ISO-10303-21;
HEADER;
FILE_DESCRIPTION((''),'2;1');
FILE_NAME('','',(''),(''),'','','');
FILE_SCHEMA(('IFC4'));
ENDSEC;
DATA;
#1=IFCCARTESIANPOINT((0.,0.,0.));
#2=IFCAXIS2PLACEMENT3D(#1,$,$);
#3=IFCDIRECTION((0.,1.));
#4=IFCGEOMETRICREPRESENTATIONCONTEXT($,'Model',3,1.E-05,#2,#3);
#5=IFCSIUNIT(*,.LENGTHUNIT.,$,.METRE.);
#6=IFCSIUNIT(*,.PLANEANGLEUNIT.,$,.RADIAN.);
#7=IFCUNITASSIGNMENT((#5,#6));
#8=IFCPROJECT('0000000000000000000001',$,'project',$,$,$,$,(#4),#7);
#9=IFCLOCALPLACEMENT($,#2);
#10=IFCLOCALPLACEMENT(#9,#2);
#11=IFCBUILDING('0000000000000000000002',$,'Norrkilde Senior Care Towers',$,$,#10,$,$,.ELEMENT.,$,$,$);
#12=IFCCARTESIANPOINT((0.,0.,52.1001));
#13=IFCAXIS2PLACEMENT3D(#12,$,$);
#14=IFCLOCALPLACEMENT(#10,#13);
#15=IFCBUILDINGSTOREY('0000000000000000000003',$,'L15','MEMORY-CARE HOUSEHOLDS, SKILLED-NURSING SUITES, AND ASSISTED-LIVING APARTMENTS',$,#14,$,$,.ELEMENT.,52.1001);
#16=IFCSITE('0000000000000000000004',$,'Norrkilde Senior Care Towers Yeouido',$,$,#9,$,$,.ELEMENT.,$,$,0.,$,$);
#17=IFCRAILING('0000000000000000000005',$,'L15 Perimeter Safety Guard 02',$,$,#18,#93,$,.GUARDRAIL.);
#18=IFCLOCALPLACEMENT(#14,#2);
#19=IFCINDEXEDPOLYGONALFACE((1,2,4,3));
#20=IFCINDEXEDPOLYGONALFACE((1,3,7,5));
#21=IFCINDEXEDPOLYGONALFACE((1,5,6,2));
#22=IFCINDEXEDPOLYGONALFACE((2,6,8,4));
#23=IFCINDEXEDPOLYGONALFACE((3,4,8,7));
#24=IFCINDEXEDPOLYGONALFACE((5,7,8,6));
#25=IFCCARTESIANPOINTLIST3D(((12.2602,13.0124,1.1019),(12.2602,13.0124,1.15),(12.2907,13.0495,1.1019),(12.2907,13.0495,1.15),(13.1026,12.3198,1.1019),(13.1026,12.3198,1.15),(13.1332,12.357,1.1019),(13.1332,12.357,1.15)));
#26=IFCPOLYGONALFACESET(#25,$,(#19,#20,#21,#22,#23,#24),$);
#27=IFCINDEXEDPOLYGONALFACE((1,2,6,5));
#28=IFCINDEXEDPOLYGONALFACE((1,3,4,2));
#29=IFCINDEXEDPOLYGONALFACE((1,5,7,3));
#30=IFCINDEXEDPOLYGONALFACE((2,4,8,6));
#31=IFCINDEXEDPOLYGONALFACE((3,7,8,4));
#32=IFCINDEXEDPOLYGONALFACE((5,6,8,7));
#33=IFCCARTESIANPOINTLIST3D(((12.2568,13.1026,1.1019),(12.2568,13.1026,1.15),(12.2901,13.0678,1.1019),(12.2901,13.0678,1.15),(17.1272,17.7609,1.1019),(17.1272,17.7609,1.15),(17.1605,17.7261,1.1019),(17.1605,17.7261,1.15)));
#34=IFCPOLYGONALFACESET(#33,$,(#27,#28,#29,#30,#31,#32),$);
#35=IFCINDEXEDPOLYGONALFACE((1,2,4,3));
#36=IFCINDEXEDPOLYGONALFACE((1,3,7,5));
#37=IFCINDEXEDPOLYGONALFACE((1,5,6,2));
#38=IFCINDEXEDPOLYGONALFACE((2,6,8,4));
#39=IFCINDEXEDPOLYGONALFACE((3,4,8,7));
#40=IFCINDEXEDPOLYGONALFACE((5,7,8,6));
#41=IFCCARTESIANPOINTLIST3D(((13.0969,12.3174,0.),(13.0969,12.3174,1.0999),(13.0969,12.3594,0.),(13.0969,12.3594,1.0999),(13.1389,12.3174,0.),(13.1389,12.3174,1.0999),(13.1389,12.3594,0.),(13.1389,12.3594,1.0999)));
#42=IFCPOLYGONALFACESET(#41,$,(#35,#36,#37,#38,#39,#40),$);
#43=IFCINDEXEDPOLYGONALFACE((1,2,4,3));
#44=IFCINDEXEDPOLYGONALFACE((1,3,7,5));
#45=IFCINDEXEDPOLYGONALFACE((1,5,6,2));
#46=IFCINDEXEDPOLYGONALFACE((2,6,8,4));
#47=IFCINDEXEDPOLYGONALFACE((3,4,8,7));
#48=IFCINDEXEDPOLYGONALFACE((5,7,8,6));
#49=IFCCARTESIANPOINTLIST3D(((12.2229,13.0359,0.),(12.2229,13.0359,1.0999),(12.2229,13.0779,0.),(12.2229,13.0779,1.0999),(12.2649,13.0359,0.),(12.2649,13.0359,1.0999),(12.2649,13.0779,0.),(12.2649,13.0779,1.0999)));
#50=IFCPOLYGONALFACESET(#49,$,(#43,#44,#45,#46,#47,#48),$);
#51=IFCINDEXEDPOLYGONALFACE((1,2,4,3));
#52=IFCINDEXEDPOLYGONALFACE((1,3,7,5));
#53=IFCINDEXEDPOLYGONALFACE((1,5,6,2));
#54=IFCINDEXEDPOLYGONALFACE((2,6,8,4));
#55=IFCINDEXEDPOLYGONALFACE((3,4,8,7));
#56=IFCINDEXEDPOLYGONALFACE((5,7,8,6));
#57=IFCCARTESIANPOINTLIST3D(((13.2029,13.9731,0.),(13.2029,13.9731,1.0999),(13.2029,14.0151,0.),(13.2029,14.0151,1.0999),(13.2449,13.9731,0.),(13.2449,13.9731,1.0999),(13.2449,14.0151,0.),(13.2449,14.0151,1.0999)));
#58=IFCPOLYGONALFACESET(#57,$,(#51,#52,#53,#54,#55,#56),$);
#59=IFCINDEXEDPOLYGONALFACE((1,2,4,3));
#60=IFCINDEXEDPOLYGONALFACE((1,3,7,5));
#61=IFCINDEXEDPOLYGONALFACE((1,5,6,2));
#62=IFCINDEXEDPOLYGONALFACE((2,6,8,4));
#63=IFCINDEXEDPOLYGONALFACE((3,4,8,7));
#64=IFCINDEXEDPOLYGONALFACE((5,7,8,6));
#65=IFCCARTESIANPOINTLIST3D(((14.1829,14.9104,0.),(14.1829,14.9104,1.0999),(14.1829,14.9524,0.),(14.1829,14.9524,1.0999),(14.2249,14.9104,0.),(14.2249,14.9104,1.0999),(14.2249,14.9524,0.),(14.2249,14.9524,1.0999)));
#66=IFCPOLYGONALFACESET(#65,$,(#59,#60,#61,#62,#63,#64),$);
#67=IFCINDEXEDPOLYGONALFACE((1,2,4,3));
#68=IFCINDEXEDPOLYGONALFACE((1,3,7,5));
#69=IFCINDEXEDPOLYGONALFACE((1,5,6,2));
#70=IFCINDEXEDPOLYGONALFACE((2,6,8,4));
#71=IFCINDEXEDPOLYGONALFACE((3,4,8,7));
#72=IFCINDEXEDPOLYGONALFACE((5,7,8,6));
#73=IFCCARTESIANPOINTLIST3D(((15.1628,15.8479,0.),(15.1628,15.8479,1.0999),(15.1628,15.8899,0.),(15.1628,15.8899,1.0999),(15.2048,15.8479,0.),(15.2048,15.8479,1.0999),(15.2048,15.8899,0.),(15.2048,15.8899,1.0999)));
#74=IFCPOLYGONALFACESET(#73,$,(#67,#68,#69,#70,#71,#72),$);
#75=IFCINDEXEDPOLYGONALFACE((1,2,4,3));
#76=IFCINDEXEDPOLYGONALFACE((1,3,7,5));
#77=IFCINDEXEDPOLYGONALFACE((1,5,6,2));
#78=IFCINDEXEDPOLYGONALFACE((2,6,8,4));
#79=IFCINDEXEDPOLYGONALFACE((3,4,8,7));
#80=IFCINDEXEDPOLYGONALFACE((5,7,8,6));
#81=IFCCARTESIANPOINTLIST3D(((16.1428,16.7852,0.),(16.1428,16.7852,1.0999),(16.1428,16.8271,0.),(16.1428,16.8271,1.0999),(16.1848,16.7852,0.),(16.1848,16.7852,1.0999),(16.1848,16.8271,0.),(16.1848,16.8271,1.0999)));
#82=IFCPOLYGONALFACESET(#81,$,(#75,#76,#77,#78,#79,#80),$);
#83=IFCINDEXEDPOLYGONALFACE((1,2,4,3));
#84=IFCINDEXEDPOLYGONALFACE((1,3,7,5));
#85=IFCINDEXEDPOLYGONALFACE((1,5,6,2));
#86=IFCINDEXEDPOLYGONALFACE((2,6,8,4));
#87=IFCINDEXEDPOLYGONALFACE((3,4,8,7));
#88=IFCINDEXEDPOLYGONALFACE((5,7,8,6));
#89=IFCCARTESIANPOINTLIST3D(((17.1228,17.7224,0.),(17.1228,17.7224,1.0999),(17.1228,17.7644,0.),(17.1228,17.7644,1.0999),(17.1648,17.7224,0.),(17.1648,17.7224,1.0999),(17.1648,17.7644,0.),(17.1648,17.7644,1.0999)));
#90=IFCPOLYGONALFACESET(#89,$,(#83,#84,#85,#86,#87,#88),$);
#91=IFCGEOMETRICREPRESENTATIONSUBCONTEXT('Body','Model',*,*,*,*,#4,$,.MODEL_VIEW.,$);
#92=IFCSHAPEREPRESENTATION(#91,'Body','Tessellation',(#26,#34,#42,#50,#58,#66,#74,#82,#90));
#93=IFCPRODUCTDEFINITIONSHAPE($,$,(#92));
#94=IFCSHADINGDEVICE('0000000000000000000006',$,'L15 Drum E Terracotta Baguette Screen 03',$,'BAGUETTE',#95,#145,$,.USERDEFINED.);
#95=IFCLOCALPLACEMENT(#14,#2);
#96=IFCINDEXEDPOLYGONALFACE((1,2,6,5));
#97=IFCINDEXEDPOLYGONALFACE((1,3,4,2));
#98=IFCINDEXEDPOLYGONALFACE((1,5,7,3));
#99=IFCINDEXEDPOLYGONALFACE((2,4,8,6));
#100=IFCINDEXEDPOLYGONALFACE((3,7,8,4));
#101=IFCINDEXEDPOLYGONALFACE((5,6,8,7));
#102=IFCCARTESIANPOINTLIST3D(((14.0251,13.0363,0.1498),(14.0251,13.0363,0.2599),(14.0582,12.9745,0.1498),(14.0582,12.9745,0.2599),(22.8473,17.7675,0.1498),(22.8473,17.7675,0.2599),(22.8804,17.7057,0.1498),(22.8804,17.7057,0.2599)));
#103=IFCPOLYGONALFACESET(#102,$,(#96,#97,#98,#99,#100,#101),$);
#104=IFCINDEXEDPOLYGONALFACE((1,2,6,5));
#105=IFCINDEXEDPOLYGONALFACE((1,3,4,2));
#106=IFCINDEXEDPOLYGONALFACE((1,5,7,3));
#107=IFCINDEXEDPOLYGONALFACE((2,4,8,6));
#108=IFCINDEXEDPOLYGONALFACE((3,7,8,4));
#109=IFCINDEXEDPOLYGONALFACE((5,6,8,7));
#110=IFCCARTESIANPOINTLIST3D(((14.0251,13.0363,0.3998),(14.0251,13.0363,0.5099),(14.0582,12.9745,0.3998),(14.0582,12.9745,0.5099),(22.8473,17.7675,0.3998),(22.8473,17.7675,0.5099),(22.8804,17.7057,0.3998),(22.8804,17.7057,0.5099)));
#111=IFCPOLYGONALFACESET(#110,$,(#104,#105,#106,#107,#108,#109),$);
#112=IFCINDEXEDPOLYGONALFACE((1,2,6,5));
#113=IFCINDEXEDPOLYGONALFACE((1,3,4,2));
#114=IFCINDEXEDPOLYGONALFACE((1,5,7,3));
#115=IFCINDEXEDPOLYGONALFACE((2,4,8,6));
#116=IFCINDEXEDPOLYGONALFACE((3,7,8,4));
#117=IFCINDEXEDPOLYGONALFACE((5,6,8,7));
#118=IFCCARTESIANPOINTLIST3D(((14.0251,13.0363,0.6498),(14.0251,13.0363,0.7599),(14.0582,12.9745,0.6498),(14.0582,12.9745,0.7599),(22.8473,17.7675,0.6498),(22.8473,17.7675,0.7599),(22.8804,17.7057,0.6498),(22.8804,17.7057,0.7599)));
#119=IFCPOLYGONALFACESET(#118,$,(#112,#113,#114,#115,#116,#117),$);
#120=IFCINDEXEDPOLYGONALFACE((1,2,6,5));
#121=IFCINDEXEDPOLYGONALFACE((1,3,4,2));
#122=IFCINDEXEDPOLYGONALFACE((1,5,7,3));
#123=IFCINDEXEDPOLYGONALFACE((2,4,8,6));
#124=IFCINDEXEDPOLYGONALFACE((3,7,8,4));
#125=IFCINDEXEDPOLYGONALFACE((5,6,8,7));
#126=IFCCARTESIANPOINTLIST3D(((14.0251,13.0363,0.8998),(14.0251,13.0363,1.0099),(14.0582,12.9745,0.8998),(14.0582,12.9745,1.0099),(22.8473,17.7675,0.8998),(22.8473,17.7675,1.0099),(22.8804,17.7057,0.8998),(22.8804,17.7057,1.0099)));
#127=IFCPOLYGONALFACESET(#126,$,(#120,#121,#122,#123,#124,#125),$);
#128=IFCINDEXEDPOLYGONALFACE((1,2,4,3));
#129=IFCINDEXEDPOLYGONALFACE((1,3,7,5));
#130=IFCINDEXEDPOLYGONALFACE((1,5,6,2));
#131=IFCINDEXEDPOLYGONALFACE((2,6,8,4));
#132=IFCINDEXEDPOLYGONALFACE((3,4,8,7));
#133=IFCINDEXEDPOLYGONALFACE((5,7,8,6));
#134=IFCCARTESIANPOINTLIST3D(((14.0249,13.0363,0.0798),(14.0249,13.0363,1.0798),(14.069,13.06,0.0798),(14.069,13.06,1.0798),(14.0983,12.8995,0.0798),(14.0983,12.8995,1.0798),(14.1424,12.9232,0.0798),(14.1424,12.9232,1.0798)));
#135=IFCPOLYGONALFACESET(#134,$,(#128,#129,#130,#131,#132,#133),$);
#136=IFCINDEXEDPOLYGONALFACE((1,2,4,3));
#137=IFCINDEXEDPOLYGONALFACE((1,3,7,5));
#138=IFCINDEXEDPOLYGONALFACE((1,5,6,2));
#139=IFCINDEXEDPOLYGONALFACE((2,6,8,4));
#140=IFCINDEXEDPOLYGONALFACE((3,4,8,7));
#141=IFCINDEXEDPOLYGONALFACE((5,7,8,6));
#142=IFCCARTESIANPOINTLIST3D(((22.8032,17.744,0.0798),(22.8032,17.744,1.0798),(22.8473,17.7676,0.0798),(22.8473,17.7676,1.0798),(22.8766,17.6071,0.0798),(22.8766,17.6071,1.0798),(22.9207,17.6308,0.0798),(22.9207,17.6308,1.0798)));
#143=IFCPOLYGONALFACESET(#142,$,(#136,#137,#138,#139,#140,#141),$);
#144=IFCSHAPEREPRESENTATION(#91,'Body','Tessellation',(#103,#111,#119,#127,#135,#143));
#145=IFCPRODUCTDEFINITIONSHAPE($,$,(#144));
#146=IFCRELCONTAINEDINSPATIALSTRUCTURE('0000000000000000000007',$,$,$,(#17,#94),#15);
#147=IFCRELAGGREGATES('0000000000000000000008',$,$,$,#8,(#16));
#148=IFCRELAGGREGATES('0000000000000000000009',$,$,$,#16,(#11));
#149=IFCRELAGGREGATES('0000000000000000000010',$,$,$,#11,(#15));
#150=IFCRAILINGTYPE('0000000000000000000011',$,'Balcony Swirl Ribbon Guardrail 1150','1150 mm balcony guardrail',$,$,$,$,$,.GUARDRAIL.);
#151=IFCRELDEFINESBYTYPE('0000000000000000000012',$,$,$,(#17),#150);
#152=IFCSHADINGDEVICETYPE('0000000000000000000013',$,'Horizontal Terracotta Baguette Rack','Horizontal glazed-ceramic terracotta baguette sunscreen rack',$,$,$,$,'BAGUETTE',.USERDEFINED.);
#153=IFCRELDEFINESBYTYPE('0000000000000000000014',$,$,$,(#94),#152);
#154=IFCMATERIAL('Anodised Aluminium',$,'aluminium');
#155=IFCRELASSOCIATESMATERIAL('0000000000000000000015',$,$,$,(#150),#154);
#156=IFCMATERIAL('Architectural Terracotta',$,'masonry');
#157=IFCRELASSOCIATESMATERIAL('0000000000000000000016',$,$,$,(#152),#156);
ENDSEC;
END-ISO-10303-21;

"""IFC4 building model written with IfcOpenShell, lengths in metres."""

from ifc_helpers import new_model, si_unit, direction, frame, origin, origin_2d, place, context, subcontext, project, spatial, rectangle, extrude, source, transform, mapped, material, type_object, type_shapes, element, save


model = new_model("IFC4")

# Units and contexts
model_context = context("Model", 3, precision=1e-05, world=origin(), true_north=direction((0.0, 1.0)))
body_context = subcontext(model_context, "Body", "Model", "MODEL_VIEW")
ifc_project = project(units=[si_unit("LENGTHUNIT", "METRE"), si_unit("PLANEANGLEUNIT", "RADIAN")], contexts=[model_context])

# Site, building, storey
site_placement = place(None, origin())
site = spatial("IfcSite", under=ifc_project, at=site_placement, Name="Norrkilde Senior Care Towers Yeouido", CompositionType="ELEMENT", RefElevation=0.0)
building_placement = place(site_placement, origin())
building = spatial("IfcBuilding", under=site, at=building_placement, Name="Norrkilde Senior Care Towers", CompositionType="ELEMENT")
storey_placement = place(building_placement, frame((0.0, 0.0, 52.1001)))
storey = spatial("IfcBuildingStorey", under=building, at=storey_placement, Name="L15", Description="MEMORY-CARE HOUSEHOLDS, SKILLED-NURSING SUITES, AND ASSISTED-LIVING APARTMENTS", CompositionType="ELEMENT", Elevation=52.1001)

# Shared definitions
ifc_material_1 = material(Name="Anodised Aluminium", Category="aluminium")

# Railing
railing_type = type_object("IfcRailingType", Name="Balcony Swirl Ribbon Guardrail 1150", Description="1150 mm balcony guardrail", PredefinedType="GUARDRAIL", material=ifc_material_1)
railing_1_placement = place(storey_placement, frame((13.1179, 12.3384, 0.0)))
element("IfcRailing", 1, at=railing_1_placement, inside=storey, type_object=railing_type, Name="L15 Perimeter Safety Guard 02", PredefinedType="GUARDRAIL", context=body_context, shape_type="SweptSolid", body=[
    extrude(rectangle(XDim=0.0481, YDim=0.0481, at=origin_2d()), frame((0.0, 0.0, 1.126), z_axis=(-0.772484, 0.635034, 0.0), x_axis=(-0.635034, -0.772484, 0.0)), (0.0, 0.0, 1.0), 1.0906),
    extrude(rectangle(XDim=0.0481, YDim=0.0481, at=origin_2d()), frame((-0.8445, 0.7468, 1.126), z_axis=(0.722667, 0.691196, 0.0), x_axis=(-0.691196, 0.722667, 0.0)), (0.0, 0.0, 1.0), 6.7395),
    extrude(rectangle(XDim=0.042, YDim=0.042, at=origin_2d()), origin(), (0.0, 0.0, 1.0), 1.0999),
    extrude(rectangle(XDim=0.042, YDim=0.042, at=origin_2d()), frame((-0.874, 0.7185, 0.0)), (0.0, 0.0, 1.0), 1.0999),
    extrude(rectangle(XDim=0.042, YDim=0.042, at=origin_2d()), frame((0.106, 1.6558, 0.0)), (0.0, 0.0, 1.0), 1.0999),
    extrude(rectangle(XDim=0.042, YDim=0.042, at=origin_2d()), frame((1.0859, 2.593, 0.0)), (0.0, 0.0, 1.0), 1.0999),
    extrude(rectangle(XDim=0.042, YDim=0.042, at=origin_2d()), frame((2.0659, 3.5305, 0.0)), (0.0, 0.0, 1.0), 1.0999),
    extrude(rectangle(XDim=0.042, YDim=0.042, at=origin_2d()), frame((3.0459, 4.4678, 0.0)), (0.0, 0.0, 1.0), 1.0999),
    extrude(rectangle(XDim=0.042, YDim=0.042, at=origin_2d()), frame((4.0259, 5.405, 0.0)), (0.0, 0.0, 1.0), 1.0999),
])

# Shading device
ifc_material_2 = material(Name="Architectural Terracotta", Category="masonry")
shading_device_type = type_object("IfcShadingDeviceType", Name="Horizontal Terracotta Baguette Rack", Description="Horizontal glazed-ceramic terracotta baguette sunscreen rack", ElementType="BAGUETTE", PredefinedType="USERDEFINED", material=ifc_material_2)
shared_shape_1 = source(origin(), body_context, "Body", "SweptSolid", [
    extrude(rectangle(XDim=0.0701, YDim=0.1101, at=origin_2d()), frame((0.0, 0.0901, 0.125), z_axis=(1.0, 0.0, 0.0), x_axis=(0.0, 1.0, 0.0)), (0.0, 0.0, 1.0), 10.0107),
    extrude(rectangle(XDim=0.0701, YDim=0.1101, at=origin_2d()), frame((0.0, 0.0901, 0.375), z_axis=(1.0, 0.0, 0.0), x_axis=(0.0, 1.0, 0.0)), (0.0, 0.0, 1.0), 10.0107),
    extrude(rectangle(XDim=0.0701, YDim=0.1101, at=origin_2d()), frame((0.0, 0.0901, 0.625), z_axis=(1.0, 0.0, 0.0), x_axis=(0.0, 1.0, 0.0)), (0.0, 0.0, 1.0), 10.0107),
    extrude(rectangle(XDim=0.0701, YDim=0.1101, at=origin_2d()), frame((0.0, 0.0901, 0.875), z_axis=(1.0, 0.0, 0.0), x_axis=(0.0, 1.0, 0.0)), (0.0, 0.0, 1.0), 10.0107),
    extrude(rectangle(XDim=0.05, YDim=0.1553, at=origin_2d()), frame((0.0249, 0.0476, 0.0)), (0.0, 0.0, 1.0), 1.0),
    extrude(rectangle(XDim=0.05, YDim=0.1553, at=origin_2d()), frame((9.9858, 0.0476, 0.0)), (0.0, 0.0, 1.0), 1.0),
])
type_shapes(shading_device_type, [shared_shape_1])
shading_device_placement = place(storey_placement, frame((14.0842, 12.926, 0.0798), z_axis=(0.0, 0.0, 1.0), x_axis=(0.88128, 0.472612, 0.0)))
element("IfcShadingDevice", 2, at=shading_device_placement, inside=storey, type_object=shading_device_type, Name="L15 Drum E Terracotta Baguette Screen 03", ObjectType="BAGUETTE", PredefinedType="USERDEFINED", context=body_context, shape_type="MappedRepresentation", body=[
    mapped(shared_shape_1, transform((0.0, 0.0, 0.0), x_axis=(1.0, 0.0, 0.0), y_axis=(0.0, 1.0, 0.0), z_axis=(0.0, 0.0, 1.0), scale=1.0)),
])

save(model, "model.ifc")
